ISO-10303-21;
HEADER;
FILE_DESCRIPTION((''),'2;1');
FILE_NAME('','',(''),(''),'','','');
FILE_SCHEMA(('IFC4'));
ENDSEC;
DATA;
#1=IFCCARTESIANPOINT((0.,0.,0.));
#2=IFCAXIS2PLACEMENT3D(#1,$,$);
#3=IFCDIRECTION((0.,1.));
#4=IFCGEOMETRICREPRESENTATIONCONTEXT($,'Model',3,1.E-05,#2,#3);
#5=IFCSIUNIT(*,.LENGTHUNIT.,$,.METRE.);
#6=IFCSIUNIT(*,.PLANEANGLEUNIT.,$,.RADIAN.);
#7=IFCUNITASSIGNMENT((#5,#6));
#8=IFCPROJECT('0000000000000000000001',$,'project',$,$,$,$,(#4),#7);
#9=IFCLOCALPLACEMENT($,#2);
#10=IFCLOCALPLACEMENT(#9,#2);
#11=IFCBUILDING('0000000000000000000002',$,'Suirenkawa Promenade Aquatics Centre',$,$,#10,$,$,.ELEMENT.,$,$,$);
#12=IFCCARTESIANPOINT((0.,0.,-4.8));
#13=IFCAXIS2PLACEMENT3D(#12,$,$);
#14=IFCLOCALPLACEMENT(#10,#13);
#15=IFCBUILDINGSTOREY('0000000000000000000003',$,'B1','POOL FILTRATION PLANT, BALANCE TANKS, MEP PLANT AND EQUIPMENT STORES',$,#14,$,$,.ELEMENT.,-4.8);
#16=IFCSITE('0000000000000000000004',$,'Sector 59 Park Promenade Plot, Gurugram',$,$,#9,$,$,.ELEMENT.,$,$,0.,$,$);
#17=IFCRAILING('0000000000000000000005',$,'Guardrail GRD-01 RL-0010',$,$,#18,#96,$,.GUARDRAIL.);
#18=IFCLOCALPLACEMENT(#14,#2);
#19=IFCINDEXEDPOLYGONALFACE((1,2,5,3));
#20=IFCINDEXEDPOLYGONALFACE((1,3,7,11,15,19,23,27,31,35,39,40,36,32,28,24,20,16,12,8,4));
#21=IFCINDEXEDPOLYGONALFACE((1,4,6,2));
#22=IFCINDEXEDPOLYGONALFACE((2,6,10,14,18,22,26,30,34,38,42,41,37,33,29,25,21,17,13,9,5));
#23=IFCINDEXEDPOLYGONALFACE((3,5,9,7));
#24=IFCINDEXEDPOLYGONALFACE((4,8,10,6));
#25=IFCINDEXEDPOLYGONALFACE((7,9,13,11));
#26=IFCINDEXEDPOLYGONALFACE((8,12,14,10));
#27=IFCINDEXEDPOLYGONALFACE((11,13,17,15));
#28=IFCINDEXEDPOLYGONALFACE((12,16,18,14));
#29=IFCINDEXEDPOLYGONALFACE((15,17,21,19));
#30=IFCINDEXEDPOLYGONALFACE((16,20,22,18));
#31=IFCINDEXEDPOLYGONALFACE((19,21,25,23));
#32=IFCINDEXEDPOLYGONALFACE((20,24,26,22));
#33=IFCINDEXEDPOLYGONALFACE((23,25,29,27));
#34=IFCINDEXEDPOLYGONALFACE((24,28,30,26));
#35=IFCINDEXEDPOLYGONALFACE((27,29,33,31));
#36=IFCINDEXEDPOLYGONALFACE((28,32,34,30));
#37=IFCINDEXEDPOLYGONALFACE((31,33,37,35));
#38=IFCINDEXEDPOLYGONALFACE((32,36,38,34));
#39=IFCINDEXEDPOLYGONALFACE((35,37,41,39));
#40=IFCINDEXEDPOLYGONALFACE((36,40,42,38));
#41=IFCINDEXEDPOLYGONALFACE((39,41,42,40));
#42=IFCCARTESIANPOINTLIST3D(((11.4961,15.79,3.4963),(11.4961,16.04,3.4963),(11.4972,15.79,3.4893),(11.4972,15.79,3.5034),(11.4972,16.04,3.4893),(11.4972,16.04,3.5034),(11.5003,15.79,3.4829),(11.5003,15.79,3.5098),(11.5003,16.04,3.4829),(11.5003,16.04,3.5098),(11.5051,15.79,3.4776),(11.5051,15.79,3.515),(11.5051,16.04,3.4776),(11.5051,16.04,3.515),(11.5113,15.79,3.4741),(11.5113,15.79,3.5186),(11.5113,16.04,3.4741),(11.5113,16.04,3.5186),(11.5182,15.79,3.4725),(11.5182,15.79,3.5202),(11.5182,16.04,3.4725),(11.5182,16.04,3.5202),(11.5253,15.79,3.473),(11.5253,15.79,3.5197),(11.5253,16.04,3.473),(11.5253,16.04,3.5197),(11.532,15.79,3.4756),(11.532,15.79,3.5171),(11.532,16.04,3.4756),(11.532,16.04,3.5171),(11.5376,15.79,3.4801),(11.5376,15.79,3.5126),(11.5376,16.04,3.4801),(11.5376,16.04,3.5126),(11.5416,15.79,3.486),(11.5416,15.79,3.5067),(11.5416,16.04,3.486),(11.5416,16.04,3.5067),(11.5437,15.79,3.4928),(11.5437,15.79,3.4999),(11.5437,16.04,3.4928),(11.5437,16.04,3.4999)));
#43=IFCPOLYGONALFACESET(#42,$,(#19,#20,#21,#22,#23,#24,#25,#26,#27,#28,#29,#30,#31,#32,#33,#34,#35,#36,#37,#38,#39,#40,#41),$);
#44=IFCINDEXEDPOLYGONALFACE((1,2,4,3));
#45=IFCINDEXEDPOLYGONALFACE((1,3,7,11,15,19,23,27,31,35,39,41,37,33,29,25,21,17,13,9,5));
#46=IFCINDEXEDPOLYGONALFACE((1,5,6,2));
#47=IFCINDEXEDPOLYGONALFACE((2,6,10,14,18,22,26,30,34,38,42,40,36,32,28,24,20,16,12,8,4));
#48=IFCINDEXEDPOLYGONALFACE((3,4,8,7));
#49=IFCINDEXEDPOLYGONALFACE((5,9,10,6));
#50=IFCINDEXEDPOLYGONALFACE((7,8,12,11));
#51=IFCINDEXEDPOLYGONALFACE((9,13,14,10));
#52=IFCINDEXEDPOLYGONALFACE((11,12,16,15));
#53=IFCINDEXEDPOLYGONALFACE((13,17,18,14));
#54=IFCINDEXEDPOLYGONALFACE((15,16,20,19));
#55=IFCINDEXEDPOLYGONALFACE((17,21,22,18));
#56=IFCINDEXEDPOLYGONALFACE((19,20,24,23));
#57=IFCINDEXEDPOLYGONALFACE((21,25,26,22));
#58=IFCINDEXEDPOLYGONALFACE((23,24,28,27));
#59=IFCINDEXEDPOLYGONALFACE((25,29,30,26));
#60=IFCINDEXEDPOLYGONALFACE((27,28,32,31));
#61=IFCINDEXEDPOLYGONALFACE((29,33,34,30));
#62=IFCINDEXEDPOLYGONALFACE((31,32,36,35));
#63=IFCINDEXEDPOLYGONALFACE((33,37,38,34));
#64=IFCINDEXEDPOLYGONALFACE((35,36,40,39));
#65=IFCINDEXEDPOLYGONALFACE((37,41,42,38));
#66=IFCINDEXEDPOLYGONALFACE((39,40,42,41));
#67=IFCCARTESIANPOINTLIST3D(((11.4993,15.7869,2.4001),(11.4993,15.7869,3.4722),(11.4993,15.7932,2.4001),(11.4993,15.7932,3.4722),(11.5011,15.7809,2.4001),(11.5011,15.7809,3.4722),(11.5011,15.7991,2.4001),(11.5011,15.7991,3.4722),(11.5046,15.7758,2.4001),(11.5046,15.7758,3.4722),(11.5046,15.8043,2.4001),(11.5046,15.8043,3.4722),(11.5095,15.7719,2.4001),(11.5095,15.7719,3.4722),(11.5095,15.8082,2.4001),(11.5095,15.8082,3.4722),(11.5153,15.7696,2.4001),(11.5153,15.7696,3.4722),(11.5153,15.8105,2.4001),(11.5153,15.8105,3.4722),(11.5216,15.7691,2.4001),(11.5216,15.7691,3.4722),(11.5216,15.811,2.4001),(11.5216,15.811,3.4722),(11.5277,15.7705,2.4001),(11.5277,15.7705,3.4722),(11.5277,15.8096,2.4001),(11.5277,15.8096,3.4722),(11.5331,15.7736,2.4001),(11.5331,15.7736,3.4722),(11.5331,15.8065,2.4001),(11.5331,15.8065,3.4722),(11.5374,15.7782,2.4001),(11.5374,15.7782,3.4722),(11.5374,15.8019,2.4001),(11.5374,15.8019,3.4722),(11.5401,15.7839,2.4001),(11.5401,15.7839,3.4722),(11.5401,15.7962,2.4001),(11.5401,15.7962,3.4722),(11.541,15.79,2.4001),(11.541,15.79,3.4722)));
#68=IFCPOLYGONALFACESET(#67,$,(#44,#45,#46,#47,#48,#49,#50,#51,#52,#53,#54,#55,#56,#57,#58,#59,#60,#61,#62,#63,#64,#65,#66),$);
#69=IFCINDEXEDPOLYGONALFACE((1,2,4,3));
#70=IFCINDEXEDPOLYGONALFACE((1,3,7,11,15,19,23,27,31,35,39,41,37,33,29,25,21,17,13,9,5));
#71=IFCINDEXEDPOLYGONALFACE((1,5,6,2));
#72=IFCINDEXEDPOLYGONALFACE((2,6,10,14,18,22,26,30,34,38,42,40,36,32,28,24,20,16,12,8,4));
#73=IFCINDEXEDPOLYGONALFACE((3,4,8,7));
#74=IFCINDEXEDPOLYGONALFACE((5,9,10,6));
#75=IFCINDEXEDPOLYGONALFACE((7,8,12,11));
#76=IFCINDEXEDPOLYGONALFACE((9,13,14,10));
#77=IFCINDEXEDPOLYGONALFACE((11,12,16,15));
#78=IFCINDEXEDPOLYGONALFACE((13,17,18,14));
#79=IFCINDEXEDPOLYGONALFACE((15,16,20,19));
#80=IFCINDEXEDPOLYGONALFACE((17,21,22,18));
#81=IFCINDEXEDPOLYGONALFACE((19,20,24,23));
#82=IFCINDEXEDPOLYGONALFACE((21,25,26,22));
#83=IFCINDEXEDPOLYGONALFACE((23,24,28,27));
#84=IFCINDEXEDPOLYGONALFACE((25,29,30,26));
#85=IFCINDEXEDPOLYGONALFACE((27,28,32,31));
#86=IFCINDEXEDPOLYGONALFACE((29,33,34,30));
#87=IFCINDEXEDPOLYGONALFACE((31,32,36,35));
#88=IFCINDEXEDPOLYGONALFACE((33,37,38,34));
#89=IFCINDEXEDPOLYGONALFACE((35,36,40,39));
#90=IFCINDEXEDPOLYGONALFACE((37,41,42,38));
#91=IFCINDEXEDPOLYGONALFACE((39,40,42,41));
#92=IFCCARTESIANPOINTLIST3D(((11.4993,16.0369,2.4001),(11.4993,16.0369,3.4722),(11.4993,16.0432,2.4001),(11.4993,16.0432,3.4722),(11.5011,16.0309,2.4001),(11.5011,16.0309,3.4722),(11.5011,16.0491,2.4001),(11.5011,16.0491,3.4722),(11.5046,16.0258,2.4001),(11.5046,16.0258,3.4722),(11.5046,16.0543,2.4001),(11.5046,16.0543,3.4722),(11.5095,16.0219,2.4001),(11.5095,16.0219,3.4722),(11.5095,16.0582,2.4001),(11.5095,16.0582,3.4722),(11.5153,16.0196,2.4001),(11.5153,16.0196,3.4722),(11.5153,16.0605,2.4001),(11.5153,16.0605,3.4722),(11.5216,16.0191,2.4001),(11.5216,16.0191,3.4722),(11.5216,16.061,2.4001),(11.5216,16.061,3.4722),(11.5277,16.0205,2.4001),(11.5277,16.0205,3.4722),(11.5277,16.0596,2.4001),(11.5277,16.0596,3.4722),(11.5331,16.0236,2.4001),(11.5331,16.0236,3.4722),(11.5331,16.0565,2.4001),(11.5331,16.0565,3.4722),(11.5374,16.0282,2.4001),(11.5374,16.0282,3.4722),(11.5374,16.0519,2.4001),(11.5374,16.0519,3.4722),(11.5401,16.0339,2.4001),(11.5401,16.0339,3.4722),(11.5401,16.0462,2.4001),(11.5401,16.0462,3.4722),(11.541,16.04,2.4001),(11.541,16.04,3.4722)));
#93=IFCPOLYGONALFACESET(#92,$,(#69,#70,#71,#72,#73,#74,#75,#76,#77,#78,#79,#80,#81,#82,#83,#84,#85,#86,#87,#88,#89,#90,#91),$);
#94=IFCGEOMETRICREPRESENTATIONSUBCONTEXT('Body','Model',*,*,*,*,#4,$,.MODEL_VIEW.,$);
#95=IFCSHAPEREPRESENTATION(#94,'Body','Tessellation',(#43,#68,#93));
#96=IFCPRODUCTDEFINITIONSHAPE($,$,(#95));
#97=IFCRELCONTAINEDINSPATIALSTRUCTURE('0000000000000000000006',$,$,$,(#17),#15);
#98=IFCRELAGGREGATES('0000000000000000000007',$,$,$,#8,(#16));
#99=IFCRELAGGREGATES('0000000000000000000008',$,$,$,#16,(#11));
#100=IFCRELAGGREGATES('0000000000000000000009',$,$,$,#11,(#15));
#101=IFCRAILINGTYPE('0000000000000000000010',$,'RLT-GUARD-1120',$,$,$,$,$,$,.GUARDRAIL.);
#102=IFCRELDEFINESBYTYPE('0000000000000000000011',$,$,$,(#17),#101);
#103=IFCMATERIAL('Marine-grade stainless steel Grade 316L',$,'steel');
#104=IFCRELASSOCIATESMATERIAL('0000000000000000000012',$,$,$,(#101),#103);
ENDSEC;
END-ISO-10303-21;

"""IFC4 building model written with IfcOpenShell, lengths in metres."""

from ifc_helpers import new_model, si_unit, direction, frame, origin, origin_2d, place, context, subcontext, project, spatial, circle, extrude, material, type_object, element, save


model = new_model("IFC4")

# Units and contexts
model_context = context("Model", 3, precision=1e-05, world=origin(), true_north=direction((0.0, 1.0)))
body_context = subcontext(model_context, "Body", "Model", "MODEL_VIEW")
ifc_project = project(units=[si_unit("LENGTHUNIT", "METRE"), si_unit("PLANEANGLEUNIT", "RADIAN")], contexts=[model_context])

# Site, building, storey
site_placement = place(None, origin())
site = spatial("IfcSite", under=ifc_project, at=site_placement, Name="Sector 59 Park Promenade Plot, Gurugram", CompositionType="ELEMENT", RefElevation=0.0)
building_placement = place(site_placement, origin())
building = spatial("IfcBuilding", under=site, at=building_placement, Name="Suirenkawa Promenade Aquatics Centre", CompositionType="ELEMENT")
storey_placement = place(building_placement, frame((0.0, 0.0, -4.8)))
storey = spatial("IfcBuildingStorey", under=building, at=storey_placement, Name="B1", Description="POOL FILTRATION PLANT, BALANCE TANKS, MEP PLANT AND EQUIPMENT STORES", CompositionType="ELEMENT", Elevation=-4.8)

# Railing
ifc_material_1 = material(Name="Marine-grade stainless steel Grade 316L", Category="steel")
railing_type_1 = type_object("IfcRailingType", Name="RLT-GUARD-1120", PredefinedType="GUARDRAIL", material=ifc_material_1)
railing_1_placement = place(storey_placement, frame((11.52, 15.79, 2.4001)))
element("IfcRailing", 1, at=railing_1_placement, inside=storey, type_object=railing_type_1, Name="Guardrail GRD-01 RL-0010", PredefinedType="GUARDRAIL", context=body_context, shape_type="SweptSolid", body=[
    extrude(circle(Radius=0.0239, at=origin_2d()), frame((0.0, 0.0, 1.0962), z_axis=(0.0, 1.0, 0.0), x_axis=(-1.0, 0.0, 0.0)), (0.0, 0.0, 1.0), 0.25),
    extrude(circle(Radius=0.021, at=origin_2d()), origin(), (0.0, 0.0, 1.0), 1.072),
    extrude(circle(Radius=0.021, at=origin_2d()), frame((0.0, 0.25, 0.0)), (0.0, 0.0, 1.0), 1.072),
])

save(model, "model.ifc")
